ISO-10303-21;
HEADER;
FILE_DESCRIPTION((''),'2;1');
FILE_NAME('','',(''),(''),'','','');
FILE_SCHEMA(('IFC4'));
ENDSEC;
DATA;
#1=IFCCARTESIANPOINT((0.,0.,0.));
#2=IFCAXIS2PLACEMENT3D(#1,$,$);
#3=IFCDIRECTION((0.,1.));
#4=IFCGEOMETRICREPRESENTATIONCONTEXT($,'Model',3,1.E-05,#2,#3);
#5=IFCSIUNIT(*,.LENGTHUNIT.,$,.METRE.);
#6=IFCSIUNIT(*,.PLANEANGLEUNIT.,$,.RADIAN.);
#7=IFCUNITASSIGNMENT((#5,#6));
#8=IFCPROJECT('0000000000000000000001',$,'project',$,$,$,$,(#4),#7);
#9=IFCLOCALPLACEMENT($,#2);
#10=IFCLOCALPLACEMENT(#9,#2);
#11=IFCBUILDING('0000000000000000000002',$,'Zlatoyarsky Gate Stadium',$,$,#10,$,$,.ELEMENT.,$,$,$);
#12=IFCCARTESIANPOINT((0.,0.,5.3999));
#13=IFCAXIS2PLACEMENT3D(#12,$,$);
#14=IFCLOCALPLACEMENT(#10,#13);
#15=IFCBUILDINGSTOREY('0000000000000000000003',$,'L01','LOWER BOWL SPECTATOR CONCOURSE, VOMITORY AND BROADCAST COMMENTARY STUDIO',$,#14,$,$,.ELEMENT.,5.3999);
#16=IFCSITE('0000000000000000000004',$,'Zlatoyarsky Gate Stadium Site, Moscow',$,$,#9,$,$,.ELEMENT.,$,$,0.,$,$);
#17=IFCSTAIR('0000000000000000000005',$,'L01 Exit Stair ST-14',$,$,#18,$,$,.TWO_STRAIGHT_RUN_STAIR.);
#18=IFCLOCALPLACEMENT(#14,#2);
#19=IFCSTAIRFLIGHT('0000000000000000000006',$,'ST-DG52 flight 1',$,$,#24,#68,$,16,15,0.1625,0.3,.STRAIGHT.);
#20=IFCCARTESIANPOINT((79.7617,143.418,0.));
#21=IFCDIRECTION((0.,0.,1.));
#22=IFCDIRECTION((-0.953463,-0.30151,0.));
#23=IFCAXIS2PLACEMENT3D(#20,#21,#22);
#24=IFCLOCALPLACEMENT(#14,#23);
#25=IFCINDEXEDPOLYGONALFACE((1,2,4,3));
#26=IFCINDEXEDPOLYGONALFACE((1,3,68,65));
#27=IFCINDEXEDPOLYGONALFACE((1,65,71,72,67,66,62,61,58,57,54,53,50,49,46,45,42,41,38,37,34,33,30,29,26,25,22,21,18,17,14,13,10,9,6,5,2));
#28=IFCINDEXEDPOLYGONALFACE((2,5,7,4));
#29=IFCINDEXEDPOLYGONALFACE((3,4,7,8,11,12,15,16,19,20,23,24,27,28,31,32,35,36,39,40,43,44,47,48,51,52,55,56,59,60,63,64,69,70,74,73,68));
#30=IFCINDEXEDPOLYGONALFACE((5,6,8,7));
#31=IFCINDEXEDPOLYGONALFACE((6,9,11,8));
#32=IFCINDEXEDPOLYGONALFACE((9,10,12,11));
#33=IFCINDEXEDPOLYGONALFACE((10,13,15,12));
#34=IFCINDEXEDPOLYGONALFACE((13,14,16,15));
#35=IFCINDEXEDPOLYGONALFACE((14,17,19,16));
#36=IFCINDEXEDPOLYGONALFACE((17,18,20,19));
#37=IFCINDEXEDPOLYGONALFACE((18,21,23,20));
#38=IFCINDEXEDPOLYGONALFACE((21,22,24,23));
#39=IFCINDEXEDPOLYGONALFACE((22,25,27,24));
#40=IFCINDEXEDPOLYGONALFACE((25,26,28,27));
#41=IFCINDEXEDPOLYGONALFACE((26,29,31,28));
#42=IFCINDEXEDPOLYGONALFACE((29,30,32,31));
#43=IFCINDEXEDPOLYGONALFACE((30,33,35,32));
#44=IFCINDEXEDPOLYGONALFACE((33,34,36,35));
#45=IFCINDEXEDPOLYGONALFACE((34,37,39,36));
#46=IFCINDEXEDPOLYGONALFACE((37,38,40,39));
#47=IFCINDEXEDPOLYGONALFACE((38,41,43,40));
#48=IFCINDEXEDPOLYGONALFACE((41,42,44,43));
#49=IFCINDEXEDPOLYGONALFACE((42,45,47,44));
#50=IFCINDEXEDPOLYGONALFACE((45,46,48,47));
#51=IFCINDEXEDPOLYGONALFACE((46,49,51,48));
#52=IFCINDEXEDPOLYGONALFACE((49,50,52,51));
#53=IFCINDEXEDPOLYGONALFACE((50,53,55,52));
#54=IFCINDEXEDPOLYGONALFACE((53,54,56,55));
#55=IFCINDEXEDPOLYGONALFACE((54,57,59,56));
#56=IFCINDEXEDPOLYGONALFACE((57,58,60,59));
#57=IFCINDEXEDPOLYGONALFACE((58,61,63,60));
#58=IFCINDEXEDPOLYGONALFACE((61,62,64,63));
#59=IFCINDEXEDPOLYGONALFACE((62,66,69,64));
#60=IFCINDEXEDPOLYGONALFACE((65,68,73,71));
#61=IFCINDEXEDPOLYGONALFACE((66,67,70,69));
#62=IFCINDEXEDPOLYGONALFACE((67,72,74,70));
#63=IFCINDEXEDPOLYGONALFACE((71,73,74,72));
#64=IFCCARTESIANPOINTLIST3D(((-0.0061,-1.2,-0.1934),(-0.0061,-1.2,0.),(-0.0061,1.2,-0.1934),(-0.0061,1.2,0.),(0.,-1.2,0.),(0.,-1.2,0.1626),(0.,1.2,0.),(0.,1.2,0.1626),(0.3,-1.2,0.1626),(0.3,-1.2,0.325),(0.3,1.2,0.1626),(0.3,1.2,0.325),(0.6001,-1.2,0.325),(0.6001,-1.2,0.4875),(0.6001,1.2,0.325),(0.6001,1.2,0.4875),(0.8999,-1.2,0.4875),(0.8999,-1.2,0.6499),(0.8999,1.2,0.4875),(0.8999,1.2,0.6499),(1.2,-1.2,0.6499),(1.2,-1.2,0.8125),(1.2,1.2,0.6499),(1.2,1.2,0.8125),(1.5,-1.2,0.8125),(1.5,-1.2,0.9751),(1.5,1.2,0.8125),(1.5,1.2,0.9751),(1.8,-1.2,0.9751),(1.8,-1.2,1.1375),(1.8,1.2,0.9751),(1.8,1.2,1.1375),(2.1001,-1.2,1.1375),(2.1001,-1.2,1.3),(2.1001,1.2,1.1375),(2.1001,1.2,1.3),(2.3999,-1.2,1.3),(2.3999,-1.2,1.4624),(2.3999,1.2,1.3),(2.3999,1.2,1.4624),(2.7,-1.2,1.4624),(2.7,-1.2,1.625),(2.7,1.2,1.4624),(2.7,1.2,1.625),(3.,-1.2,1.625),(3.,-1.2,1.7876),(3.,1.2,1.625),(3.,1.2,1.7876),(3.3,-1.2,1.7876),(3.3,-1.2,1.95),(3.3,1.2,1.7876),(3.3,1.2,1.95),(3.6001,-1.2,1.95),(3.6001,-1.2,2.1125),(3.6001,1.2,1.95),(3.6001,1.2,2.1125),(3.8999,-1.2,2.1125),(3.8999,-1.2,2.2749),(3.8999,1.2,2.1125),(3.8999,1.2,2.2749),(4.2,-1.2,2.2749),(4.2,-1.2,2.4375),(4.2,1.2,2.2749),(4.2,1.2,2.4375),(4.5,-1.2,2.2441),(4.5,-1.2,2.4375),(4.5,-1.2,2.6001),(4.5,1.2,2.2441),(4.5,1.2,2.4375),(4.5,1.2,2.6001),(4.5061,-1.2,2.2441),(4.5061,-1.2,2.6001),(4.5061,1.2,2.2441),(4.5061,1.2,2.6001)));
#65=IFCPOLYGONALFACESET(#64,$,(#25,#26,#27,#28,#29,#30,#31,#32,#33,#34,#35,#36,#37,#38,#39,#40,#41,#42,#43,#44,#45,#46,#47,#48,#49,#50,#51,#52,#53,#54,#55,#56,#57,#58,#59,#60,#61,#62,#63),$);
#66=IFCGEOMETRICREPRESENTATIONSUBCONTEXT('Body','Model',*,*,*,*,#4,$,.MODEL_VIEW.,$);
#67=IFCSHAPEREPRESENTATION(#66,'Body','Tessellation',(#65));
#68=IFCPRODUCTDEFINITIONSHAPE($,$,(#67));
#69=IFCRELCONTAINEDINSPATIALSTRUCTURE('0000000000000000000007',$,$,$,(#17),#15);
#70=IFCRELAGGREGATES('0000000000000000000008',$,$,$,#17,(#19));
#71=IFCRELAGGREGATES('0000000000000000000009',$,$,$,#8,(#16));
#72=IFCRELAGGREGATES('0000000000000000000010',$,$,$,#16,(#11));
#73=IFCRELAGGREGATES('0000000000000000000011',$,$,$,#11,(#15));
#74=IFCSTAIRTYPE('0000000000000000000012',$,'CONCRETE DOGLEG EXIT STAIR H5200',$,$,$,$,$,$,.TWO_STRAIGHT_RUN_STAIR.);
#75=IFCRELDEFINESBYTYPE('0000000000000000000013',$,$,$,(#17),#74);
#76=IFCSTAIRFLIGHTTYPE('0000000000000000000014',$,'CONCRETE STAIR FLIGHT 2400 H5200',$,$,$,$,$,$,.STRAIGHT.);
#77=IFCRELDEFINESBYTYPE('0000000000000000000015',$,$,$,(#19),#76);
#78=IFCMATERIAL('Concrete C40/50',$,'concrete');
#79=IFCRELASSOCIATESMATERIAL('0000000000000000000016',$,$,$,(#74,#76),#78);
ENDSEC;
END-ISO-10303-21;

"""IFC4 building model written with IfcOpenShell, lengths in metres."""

from ifc_helpers import new_model, si_unit, direction, frame, origin, place, context, subcontext, project, spatial, polyline, outline, extrude, material, type_object, element, aggregate, save


model = new_model("IFC4")

# Units and contexts
model_context = context("Model", 3, precision=1e-05, world=origin(), true_north=direction((0.0, 1.0)))
body_context = subcontext(model_context, "Body", "Model", "MODEL_VIEW")
ifc_project = project(units=[si_unit("LENGTHUNIT", "METRE"), si_unit("PLANEANGLEUNIT", "RADIAN")], contexts=[model_context])

# Site, building, storey
site_placement = place(None, origin())
site = spatial("IfcSite", under=ifc_project, at=site_placement, Name="Zlatoyarsky Gate Stadium Site, Moscow", CompositionType="ELEMENT", RefElevation=0.0)
building_placement = place(site_placement, origin())
building = spatial("IfcBuilding", under=site, at=building_placement, Name="Zlatoyarsky Gate Stadium", CompositionType="ELEMENT")
storey_placement = place(building_placement, frame((0.0, 0.0, 5.3999)))
storey = spatial("IfcBuildingStorey", under=building, at=storey_placement, Name="L01", Description="LOWER BOWL SPECTATOR CONCOURSE, VOMITORY AND BROADCAST COMMENTARY STUDIO", CompositionType="ELEMENT", Elevation=5.3999)

# Shared definitions
ifc_material_1 = material(Name="Concrete C40/50", Category="concrete")

# Stair, stair flight
stair_type = type_object("IfcStairType", Name="CONCRETE DOGLEG EXIT STAIR H5200", PredefinedType="TWO_STRAIGHT_RUN_STAIR", material=ifc_material_1)
stair_placement = place(storey_placement, origin())
stair = element("IfcStair", 1, at=stair_placement, inside=storey, type_object=stair_type, Name="L01 Exit Stair ST-14", PredefinedType="TWO_STRAIGHT_RUN_STAIR")
stair_flight_type = type_object("IfcStairFlightType", Name="CONCRETE STAIR FLIGHT 2400 H5200", PredefinedType="STRAIGHT", material=ifc_material_1)
stair_flight_placement = place(storey_placement, frame((79.7617, 143.418, 0.0), z_axis=(0.0, 0.0, 1.0), x_axis=(-0.953463, -0.30151, 0.0)))
stair_flight = element("IfcStairFlight", 2, at=stair_flight_placement, type_object=stair_flight_type, Name="ST-DG52 flight 1", NumberOfRisers=16, NumberOfTreads=15, PredefinedType="STRAIGHT", RiserHeight=0.1625, TreadLength=0.3, context=body_context, shape_type="SweptSolid", body=[
    extrude(outline(polyline([(-0.0061, -0.1934), (-0.0061, 0.0), (0.0, 0.0), (0.0, 0.1626), (0.3, 0.1626), (0.3, 0.325), (0.6001, 0.325), (0.6001, 0.4875), (0.8999, 0.4875), (0.8999, 0.6499), (1.2, 0.6499), (1.2, 0.8125), (1.5, 0.8125), (1.5, 0.9751), (1.8, 0.9751), (1.8, 1.1375), (2.1001, 1.1375), (2.1001, 1.3), (2.3999, 1.3), (2.3999, 1.4624), (2.7, 1.4624), (2.7, 1.625), (3.0, 1.625), (3.0, 1.7876), (3.3, 1.7876), (3.3, 1.95), (3.6001, 1.95), (3.6001, 2.1125), (3.8999, 2.1125), (3.8999, 2.2749), (4.2, 2.2749), (4.2, 2.4375), (4.5, 2.4375), (4.5, 2.6001), (4.5061, 2.6001), (4.5061, 2.2441), (4.5, 2.2441), (-0.0061, -0.1934)])), frame((0.0, 1.2, 0.0), z_axis=(0.0, -1.0, 0.0), x_axis=(1.0, 0.0, 0.0)), (0.0, 0.0, 1.0), 2.3999),
])
aggregate(stair, [stair_flight])

save(model, "model.ifc")
